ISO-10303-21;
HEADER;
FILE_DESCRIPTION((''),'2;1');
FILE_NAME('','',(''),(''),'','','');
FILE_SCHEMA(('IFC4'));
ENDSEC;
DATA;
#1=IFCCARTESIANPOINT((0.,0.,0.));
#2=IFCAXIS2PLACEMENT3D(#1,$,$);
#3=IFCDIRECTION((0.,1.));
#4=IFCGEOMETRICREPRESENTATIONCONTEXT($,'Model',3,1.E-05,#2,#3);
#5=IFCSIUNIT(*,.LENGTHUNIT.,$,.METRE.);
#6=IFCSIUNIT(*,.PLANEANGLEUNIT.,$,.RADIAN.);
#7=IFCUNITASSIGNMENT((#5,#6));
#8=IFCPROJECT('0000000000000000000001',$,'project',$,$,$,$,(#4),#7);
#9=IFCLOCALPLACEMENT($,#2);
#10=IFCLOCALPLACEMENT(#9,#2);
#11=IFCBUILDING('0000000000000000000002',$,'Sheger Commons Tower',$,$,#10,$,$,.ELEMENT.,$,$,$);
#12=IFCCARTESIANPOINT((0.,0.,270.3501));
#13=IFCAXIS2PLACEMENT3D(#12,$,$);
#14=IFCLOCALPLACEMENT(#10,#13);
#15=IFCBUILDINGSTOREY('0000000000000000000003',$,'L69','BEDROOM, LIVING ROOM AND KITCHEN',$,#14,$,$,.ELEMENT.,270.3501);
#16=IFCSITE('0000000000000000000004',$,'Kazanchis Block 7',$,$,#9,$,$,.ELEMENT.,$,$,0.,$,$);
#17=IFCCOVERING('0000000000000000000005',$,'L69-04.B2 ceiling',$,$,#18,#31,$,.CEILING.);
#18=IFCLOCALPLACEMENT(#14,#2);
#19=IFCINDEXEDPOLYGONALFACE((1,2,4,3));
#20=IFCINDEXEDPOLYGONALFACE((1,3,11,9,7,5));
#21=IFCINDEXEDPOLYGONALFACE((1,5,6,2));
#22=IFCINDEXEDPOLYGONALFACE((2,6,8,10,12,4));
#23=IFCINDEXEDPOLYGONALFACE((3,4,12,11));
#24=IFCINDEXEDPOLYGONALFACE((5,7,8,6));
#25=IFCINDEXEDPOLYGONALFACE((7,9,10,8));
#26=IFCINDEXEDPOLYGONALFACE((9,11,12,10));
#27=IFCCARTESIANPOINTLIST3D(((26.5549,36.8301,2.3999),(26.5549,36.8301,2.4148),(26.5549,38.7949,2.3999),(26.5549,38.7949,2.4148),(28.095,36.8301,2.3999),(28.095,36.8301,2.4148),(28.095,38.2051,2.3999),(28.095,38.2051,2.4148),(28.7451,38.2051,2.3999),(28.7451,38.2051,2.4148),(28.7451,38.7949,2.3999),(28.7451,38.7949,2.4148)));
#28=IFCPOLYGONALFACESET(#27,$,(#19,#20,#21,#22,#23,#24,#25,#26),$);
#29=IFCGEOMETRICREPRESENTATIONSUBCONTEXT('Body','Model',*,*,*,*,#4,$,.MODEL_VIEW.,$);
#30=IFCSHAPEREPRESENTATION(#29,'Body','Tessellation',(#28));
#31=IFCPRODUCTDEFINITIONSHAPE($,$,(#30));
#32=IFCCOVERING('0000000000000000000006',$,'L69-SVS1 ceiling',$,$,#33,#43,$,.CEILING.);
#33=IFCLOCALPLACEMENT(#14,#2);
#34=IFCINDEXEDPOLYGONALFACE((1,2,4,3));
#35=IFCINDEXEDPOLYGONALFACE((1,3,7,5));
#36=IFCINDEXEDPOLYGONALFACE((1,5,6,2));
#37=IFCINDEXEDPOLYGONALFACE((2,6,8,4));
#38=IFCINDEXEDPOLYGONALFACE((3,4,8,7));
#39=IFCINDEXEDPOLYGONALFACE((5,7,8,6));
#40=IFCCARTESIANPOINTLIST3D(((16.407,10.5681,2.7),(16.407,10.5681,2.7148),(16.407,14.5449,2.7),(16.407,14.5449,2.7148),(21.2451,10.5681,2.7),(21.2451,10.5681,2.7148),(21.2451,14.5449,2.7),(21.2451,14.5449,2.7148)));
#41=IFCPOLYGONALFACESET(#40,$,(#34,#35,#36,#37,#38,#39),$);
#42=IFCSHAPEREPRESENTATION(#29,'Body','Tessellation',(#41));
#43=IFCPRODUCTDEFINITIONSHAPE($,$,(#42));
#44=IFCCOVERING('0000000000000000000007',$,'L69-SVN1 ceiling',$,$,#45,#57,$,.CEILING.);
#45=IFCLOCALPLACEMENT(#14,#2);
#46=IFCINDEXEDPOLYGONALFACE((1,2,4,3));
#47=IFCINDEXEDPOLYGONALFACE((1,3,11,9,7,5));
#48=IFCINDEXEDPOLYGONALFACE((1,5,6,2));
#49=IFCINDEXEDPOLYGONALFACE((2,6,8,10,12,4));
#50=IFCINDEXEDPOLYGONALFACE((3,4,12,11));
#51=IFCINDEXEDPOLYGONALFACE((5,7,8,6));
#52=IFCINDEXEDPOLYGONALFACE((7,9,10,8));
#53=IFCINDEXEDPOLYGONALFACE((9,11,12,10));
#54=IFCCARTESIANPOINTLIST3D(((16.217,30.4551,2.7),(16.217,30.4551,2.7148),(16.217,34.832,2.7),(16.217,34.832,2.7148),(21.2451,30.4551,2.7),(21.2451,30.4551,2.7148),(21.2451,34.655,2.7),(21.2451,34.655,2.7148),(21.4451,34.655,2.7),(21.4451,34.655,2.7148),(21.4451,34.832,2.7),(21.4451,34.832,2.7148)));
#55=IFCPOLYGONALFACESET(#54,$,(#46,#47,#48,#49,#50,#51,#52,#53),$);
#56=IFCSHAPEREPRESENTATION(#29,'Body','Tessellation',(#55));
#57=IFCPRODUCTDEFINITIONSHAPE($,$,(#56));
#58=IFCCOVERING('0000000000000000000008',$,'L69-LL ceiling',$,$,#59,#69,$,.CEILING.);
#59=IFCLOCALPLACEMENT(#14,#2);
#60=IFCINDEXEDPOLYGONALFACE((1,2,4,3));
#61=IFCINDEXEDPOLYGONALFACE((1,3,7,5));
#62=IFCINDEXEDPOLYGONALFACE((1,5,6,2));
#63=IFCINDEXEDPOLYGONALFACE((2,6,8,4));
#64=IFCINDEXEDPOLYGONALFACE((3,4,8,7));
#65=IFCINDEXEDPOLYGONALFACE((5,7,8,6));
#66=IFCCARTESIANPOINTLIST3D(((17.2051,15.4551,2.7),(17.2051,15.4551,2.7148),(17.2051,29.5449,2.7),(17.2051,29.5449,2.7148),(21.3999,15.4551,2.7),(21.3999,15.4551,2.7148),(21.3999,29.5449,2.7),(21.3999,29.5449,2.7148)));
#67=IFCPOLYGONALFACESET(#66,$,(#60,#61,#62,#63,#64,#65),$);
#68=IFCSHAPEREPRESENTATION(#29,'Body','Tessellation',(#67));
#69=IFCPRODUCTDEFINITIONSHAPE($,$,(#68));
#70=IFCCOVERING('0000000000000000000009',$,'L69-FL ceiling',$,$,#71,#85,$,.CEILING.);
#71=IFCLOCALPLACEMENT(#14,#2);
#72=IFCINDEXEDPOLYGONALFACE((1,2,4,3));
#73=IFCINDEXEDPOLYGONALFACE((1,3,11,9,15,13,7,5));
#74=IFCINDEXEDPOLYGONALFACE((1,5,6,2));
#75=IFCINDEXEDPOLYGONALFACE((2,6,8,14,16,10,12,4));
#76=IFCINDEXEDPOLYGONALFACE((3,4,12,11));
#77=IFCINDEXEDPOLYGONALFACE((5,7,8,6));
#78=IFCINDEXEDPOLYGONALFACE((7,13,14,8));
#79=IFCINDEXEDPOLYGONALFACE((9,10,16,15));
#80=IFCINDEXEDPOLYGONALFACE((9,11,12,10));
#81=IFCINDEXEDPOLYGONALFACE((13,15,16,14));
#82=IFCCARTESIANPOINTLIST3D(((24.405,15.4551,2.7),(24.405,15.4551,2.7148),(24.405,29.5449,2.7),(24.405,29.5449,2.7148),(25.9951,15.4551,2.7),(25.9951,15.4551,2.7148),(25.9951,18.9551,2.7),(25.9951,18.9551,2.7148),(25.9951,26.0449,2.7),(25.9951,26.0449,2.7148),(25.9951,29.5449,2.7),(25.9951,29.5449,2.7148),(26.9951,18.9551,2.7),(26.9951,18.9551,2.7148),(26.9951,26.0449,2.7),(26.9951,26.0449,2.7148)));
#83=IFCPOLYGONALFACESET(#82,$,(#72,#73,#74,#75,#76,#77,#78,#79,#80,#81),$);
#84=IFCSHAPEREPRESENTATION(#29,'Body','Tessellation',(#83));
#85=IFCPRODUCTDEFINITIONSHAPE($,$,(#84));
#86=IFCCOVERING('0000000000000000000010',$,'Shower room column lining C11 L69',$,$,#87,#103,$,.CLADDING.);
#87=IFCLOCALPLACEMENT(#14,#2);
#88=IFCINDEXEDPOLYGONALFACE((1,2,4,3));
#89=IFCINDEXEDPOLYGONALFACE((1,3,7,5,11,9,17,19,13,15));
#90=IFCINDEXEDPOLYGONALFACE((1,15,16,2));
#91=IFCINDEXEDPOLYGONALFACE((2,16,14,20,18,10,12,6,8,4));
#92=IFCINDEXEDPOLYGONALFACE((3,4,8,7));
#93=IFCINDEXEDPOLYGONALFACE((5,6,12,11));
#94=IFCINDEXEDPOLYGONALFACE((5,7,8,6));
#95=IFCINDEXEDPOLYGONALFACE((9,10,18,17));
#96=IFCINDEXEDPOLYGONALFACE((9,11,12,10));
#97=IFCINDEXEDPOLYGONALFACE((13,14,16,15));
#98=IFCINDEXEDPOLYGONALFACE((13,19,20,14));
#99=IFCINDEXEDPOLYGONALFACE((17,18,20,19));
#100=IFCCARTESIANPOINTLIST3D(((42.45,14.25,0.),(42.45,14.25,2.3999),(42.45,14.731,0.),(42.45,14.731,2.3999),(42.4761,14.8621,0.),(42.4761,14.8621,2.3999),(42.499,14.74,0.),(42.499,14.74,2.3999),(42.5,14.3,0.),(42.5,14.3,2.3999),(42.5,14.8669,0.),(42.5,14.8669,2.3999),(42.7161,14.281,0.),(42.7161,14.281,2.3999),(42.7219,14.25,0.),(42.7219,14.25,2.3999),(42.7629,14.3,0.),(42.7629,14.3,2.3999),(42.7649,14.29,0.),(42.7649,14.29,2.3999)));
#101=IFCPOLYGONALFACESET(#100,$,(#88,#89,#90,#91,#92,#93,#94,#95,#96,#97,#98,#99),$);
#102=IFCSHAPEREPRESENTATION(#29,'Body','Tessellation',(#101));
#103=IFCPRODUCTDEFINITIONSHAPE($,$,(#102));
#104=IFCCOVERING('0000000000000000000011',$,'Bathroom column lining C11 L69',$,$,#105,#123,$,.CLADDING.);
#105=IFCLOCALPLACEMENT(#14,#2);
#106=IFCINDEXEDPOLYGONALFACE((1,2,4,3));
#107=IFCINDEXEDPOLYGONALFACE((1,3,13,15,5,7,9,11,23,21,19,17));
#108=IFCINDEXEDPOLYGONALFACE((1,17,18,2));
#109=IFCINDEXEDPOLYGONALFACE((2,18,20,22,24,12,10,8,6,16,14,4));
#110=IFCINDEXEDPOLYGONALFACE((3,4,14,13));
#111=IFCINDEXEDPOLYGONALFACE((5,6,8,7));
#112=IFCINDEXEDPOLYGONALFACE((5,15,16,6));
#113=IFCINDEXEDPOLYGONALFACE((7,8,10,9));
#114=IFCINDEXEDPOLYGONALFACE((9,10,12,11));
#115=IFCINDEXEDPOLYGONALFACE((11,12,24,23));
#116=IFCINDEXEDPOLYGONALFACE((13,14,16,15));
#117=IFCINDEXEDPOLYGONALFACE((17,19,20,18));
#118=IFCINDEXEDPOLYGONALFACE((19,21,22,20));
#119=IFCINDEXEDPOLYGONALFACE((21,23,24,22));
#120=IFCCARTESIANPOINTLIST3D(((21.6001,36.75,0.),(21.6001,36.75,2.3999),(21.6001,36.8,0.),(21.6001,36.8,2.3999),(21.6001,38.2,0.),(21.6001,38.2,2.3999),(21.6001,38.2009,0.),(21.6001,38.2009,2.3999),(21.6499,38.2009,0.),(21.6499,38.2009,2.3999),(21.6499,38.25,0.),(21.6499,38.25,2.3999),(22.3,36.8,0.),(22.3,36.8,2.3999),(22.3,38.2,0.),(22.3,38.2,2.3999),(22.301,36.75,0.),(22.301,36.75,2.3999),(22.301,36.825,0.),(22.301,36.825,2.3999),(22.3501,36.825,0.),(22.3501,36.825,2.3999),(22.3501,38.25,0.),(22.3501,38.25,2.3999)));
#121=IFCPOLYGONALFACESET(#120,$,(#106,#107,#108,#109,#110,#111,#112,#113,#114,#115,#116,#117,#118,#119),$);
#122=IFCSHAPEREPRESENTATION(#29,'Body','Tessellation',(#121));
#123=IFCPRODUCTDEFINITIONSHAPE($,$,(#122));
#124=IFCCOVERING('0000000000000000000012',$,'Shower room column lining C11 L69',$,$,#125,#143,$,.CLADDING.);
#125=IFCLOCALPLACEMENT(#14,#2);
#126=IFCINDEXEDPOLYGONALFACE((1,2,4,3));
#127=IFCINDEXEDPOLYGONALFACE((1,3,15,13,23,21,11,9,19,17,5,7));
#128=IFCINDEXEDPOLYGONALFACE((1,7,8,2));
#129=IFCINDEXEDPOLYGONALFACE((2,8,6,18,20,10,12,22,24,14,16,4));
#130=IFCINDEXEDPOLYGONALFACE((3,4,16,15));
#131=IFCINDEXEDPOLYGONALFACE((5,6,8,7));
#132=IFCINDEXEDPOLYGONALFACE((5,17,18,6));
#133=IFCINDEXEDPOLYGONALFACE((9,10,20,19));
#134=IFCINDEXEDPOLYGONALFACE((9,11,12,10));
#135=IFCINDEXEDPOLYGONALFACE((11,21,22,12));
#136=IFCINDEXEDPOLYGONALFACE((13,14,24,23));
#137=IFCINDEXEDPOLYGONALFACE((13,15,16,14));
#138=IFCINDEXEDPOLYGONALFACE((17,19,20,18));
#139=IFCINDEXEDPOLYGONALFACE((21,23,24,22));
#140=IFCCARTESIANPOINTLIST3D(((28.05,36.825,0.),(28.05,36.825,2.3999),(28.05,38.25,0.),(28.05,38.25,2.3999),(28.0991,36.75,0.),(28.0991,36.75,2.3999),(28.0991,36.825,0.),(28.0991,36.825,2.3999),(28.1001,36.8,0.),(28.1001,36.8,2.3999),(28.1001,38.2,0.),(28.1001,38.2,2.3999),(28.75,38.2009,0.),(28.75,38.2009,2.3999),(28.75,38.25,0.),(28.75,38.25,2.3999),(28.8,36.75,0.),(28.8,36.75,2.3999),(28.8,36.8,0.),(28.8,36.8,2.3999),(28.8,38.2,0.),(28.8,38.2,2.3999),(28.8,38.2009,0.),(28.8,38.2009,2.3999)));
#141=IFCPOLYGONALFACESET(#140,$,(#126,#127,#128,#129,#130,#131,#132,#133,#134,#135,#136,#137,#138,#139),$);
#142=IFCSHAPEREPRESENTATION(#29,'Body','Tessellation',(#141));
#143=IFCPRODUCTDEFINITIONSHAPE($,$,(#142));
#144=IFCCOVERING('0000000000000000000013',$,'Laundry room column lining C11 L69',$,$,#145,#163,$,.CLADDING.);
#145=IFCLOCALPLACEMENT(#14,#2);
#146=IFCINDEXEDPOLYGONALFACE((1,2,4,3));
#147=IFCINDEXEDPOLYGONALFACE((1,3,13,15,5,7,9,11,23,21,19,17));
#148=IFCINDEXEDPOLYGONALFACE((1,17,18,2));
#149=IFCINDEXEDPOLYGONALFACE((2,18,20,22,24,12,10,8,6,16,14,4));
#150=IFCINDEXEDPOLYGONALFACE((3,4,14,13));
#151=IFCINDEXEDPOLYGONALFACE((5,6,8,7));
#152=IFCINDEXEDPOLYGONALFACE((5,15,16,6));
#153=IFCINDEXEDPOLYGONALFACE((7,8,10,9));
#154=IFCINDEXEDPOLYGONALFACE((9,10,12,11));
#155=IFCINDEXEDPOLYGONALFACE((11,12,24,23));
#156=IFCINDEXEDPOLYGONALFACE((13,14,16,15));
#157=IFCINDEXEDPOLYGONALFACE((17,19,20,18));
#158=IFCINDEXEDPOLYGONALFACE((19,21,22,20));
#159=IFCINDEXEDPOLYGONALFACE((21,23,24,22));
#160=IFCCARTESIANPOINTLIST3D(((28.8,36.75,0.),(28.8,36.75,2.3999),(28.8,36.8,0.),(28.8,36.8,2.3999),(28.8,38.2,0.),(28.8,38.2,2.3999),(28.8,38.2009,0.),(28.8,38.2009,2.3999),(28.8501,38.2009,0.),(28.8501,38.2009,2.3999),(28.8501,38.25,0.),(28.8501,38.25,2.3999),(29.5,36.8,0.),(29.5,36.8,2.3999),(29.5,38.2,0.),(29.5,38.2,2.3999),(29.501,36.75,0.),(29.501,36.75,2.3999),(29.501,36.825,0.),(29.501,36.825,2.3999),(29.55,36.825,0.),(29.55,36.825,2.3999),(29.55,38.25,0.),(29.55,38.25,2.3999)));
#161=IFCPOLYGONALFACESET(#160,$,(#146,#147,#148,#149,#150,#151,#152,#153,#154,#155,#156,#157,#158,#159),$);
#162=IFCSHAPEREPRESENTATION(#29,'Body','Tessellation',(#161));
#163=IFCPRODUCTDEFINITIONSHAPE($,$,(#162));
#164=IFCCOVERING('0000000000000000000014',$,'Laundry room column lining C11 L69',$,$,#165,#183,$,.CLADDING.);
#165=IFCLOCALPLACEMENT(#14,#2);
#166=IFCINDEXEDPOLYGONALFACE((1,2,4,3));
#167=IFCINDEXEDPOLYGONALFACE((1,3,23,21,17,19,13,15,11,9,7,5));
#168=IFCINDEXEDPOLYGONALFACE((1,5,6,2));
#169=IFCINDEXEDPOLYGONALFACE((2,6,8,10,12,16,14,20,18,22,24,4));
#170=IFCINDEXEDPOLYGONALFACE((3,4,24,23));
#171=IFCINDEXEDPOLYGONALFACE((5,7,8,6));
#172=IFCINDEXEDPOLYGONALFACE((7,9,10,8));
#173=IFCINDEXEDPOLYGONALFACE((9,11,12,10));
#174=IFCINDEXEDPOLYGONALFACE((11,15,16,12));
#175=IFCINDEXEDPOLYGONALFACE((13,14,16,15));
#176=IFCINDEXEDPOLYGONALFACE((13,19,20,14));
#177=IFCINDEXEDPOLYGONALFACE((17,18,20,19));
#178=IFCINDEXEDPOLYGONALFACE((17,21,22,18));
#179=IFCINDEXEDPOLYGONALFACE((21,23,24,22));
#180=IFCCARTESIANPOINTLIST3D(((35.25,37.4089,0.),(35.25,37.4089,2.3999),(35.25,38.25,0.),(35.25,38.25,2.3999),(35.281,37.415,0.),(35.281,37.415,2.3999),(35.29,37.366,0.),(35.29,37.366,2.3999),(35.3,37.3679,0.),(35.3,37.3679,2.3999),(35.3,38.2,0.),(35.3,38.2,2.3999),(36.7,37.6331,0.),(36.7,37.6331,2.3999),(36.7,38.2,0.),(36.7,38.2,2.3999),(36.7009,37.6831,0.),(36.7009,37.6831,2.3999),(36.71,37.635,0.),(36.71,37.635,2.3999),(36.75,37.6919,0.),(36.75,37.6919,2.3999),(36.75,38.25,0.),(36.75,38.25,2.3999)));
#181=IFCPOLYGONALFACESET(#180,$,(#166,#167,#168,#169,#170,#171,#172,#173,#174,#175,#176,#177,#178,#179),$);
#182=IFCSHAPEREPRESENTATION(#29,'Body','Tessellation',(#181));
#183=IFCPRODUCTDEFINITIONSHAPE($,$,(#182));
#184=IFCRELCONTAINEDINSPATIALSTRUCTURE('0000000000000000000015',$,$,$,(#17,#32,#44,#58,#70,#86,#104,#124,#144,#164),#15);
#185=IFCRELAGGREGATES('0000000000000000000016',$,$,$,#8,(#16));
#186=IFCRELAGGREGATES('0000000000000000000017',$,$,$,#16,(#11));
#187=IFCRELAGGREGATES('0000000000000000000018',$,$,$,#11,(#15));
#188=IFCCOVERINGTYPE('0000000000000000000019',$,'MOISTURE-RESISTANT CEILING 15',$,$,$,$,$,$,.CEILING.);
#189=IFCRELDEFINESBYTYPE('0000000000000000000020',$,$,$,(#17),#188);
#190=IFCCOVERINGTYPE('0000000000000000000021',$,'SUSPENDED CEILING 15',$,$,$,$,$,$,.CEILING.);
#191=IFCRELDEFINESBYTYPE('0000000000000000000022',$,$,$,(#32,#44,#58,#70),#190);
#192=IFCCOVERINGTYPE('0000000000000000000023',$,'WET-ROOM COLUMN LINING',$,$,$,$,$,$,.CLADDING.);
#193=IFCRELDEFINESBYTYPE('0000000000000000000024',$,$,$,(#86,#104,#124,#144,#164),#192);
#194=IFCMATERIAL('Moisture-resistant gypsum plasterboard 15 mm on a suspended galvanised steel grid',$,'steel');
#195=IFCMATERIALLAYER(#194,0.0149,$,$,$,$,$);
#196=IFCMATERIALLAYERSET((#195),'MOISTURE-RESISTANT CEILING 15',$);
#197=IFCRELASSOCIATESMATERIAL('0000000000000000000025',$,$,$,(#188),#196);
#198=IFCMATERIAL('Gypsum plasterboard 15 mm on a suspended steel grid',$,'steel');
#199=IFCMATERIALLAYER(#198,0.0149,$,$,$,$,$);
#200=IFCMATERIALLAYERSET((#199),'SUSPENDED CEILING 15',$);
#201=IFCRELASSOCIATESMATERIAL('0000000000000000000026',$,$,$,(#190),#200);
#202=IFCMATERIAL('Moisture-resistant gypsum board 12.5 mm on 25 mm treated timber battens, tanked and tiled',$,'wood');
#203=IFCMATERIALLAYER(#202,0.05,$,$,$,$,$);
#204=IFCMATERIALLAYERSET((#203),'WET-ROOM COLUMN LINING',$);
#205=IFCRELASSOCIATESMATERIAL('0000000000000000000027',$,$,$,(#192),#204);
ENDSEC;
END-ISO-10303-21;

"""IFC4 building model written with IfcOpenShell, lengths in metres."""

from ifc_helpers import new_model, si_unit, direction, frame, origin, place, context, subcontext, project, spatial, polyline, outline, extrude, material, layer, layer_set, type_object, element, save


model = new_model("IFC4")

# Units and contexts
model_context = context("Model", 3, precision=1e-05, world=origin(), true_north=direction((0.0, 1.0)))
body_context = subcontext(model_context, "Body", "Model", "MODEL_VIEW")
ifc_project = project(units=[si_unit("LENGTHUNIT", "METRE"), si_unit("PLANEANGLEUNIT", "RADIAN")], contexts=[model_context])

# Site, building, storey
site_placement = place(None, origin())
site = spatial("IfcSite", under=ifc_project, at=site_placement, Name="Kazanchis Block 7", CompositionType="ELEMENT", RefElevation=0.0)
building_placement = place(site_placement, origin())
building = spatial("IfcBuilding", under=site, at=building_placement, Name="Sheger Commons Tower", CompositionType="ELEMENT")
storey_placement = place(building_placement, frame((0.0, 0.0, 270.3501)))
storey = spatial("IfcBuildingStorey", under=building, at=storey_placement, Name="L69", Description="BEDROOM, LIVING ROOM AND KITCHEN", CompositionType="ELEMENT", Elevation=270.3501)

# Coverings
ifc_material_1 = material(Name="Moisture-resistant gypsum plasterboard 15 mm on a suspended galvanised steel grid", Category="steel")
ifc_layer_1 = layer(ifc_material_1, 0.0149)
ifc_layer_set_1 = layer_set([ifc_layer_1], Name="MOISTURE-RESISTANT CEILING 15")
covering_type_1 = type_object("IfcCoveringType", Name="MOISTURE-RESISTANT CEILING 15", PredefinedType="CEILING", material=ifc_layer_set_1)
covering_1_placement = place(storey_placement, frame((0.0, 0.0, 2.3999)))
element("IfcCovering", 1, at=covering_1_placement, inside=storey, type_object=covering_type_1, Name="L69-04.B2 ceiling", PredefinedType="CEILING", context=body_context, shape_type="SweptSolid", body=[
    extrude(outline(polyline([(26.5549, 36.8301), (28.095, 36.8301), (28.095, 38.2051), (28.7451, 38.2051), (28.7451, 38.7949), (26.5549, 38.7949), (26.5549, 36.8301)])), origin(), (0.0, 0.0, 1.0), 0.0149),
])
ifc_material_2 = material(Name="Gypsum plasterboard 15 mm on a suspended steel grid", Category="steel")
ifc_layer_2 = layer(ifc_material_2, 0.0149)
ifc_layer_set_2 = layer_set([ifc_layer_2], Name="SUSPENDED CEILING 15")
covering_type_2 = type_object("IfcCoveringType", Name="SUSPENDED CEILING 15", PredefinedType="CEILING", material=ifc_layer_set_2)
covering_2_placement = place(storey_placement, frame((0.0, 0.0, 2.7)))
element("IfcCovering", 2, at=covering_2_placement, inside=storey, type_object=covering_type_2, Name="L69-SVS1 ceiling", PredefinedType="CEILING", context=body_context, shape_type="SweptSolid", body=[
    extrude(outline(polyline([(16.407, 10.5681), (21.2451, 10.5681), (21.2451, 14.5449), (16.407, 14.5449), (16.407, 10.5681)])), origin(), (0.0, 0.0, 1.0), 0.0149),
])
covering_3_placement = place(storey_placement, frame((0.0, 0.0, 2.7)))
element("IfcCovering", 3, at=covering_3_placement, inside=storey, type_object=covering_type_2, Name="L69-SVN1 ceiling", PredefinedType="CEILING", context=body_context, shape_type="SweptSolid", body=[
    extrude(outline(polyline([(16.217, 30.4551), (21.2451, 30.4551), (21.2451, 34.655), (21.4451, 34.655), (21.4451, 34.832), (16.217, 34.832), (16.217, 30.4551)])), origin(), (0.0, 0.0, 1.0), 0.0149),
])
covering_4_placement = place(storey_placement, frame((0.0, 0.0, 2.7)))
element("IfcCovering", 4, at=covering_4_placement, inside=storey, type_object=covering_type_2, Name="L69-LL ceiling", PredefinedType="CEILING", context=body_context, shape_type="SweptSolid", body=[
    extrude(outline(polyline([(17.2051, 15.4551), (21.3999, 15.4551), (21.3999, 29.5449), (17.2051, 29.5449), (17.2051, 15.4551)])), origin(), (0.0, 0.0, 1.0), 0.0149),
])
covering_5_placement = place(storey_placement, frame((0.0, 0.0, 2.7)))
element("IfcCovering", 5, at=covering_5_placement, inside=storey, type_object=covering_type_2, Name="L69-FL ceiling", PredefinedType="CEILING", context=body_context, shape_type="SweptSolid", body=[
    extrude(outline(polyline([(24.405, 15.4551), (25.9951, 15.4551), (25.9951, 18.9551), (26.9951, 18.9551), (26.9951, 26.0449), (25.9951, 26.0449), (25.9951, 29.5449), (24.405, 29.5449), (24.405, 15.4551)])), origin(), (0.0, 0.0, 1.0), 0.0149),
])
ifc_material_3 = material(Name="Moisture-resistant gypsum board 12.5 mm on 25 mm treated timber battens, tanked and tiled", Category="wood")
ifc_layer_3 = layer(ifc_material_3, 0.05)
ifc_layer_set_3 = layer_set([ifc_layer_3], Name="WET-ROOM COLUMN LINING")
covering_type_3 = type_object("IfcCoveringType", Name="WET-ROOM COLUMN LINING", PredefinedType="CLADDING", material=ifc_layer_set_3)
covering_6_placement = place(storey_placement, origin())
element("IfcCovering", 6, at=covering_6_placement, inside=storey, type_object=covering_type_3, Name="Shower room column lining C11 L69", PredefinedType="CLADDING", context=body_context, shape_type="SweptSolid", body=[
    extrude(outline(polyline([(42.5, 14.8669), (42.5, 14.3), (42.7629, 14.3), (42.7649, 14.29), (42.7161, 14.281), (42.7219, 14.25), (42.45, 14.25), (42.45, 14.731), (42.499, 14.74), (42.4761, 14.8621), (42.5, 14.8669)])), origin(), (0.0, 0.0, 1.0), 2.3999),
])
covering_7_placement = place(storey_placement, origin())
element("IfcCovering", 7, at=covering_7_placement, inside=storey, type_object=covering_type_3, Name="Bathroom column lining C11 L69", PredefinedType="CLADDING", context=body_context, shape_type="SweptSolid", body=[
    extrude(outline(polyline([(22.3501, 36.825), (22.301, 36.825), (22.301, 36.75), (21.6001, 36.75), (21.6001, 36.8), (22.3, 36.8), (22.3, 38.2), (21.6001, 38.2), (21.6001, 38.2009), (21.6499, 38.2009), (21.6499, 38.25), (22.3501, 38.25), (22.3501, 36.825)])), origin(), (0.0, 0.0, 1.0), 2.3999),
])
covering_8_placement = place(storey_placement, origin())
element("IfcCovering", 8, at=covering_8_placement, inside=storey, type_object=covering_type_3, Name="Shower room column lining C11 L69", PredefinedType="CLADDING", context=body_context, shape_type="SweptSolid", body=[
    extrude(outline(polyline([(28.75, 38.25), (28.75, 38.2009), (28.8, 38.2009), (28.8, 38.2), (28.1001, 38.2), (28.1001, 36.8), (28.8, 36.8), (28.8, 36.75), (28.0991, 36.75), (28.0991, 36.825), (28.05, 36.825), (28.05, 38.25), (28.75, 38.25)])), origin(), (0.0, 0.0, 1.0), 2.3999),
])
covering_9_placement = place(storey_placement, origin())
element("IfcCovering", 9, at=covering_9_placement, inside=storey, type_object=covering_type_3, Name="Laundry room column lining C11 L69", PredefinedType="CLADDING", context=body_context, shape_type="SweptSolid", body=[
    extrude(outline(polyline([(29.55, 36.825), (29.501, 36.825), (29.501, 36.75), (28.8, 36.75), (28.8, 36.8), (29.5, 36.8), (29.5, 38.2), (28.8, 38.2), (28.8, 38.2009), (28.8501, 38.2009), (28.8501, 38.25), (29.55, 38.25), (29.55, 36.825)])), origin(), (0.0, 0.0, 1.0), 2.3999),
])
covering_10_placement = place(storey_placement, origin())
element("IfcCovering", 10, at=covering_10_placement, inside=storey, type_object=covering_type_3, Name="Laundry room column lining C11 L69", PredefinedType="CLADDING", context=body_context, shape_type="SweptSolid", body=[
    extrude(outline(polyline([(36.75, 38.25), (36.75, 37.6919), (36.7009, 37.6831), (36.71, 37.635), (36.7, 37.6331), (36.7, 38.2), (35.3, 38.2), (35.3, 37.3679), (35.29, 37.366), (35.281, 37.415), (35.25, 37.4089), (35.25, 38.25), (36.75, 38.25)])), origin(), (0.0, 0.0, 1.0), 2.3999),
])

save(model, "model.ifc")
